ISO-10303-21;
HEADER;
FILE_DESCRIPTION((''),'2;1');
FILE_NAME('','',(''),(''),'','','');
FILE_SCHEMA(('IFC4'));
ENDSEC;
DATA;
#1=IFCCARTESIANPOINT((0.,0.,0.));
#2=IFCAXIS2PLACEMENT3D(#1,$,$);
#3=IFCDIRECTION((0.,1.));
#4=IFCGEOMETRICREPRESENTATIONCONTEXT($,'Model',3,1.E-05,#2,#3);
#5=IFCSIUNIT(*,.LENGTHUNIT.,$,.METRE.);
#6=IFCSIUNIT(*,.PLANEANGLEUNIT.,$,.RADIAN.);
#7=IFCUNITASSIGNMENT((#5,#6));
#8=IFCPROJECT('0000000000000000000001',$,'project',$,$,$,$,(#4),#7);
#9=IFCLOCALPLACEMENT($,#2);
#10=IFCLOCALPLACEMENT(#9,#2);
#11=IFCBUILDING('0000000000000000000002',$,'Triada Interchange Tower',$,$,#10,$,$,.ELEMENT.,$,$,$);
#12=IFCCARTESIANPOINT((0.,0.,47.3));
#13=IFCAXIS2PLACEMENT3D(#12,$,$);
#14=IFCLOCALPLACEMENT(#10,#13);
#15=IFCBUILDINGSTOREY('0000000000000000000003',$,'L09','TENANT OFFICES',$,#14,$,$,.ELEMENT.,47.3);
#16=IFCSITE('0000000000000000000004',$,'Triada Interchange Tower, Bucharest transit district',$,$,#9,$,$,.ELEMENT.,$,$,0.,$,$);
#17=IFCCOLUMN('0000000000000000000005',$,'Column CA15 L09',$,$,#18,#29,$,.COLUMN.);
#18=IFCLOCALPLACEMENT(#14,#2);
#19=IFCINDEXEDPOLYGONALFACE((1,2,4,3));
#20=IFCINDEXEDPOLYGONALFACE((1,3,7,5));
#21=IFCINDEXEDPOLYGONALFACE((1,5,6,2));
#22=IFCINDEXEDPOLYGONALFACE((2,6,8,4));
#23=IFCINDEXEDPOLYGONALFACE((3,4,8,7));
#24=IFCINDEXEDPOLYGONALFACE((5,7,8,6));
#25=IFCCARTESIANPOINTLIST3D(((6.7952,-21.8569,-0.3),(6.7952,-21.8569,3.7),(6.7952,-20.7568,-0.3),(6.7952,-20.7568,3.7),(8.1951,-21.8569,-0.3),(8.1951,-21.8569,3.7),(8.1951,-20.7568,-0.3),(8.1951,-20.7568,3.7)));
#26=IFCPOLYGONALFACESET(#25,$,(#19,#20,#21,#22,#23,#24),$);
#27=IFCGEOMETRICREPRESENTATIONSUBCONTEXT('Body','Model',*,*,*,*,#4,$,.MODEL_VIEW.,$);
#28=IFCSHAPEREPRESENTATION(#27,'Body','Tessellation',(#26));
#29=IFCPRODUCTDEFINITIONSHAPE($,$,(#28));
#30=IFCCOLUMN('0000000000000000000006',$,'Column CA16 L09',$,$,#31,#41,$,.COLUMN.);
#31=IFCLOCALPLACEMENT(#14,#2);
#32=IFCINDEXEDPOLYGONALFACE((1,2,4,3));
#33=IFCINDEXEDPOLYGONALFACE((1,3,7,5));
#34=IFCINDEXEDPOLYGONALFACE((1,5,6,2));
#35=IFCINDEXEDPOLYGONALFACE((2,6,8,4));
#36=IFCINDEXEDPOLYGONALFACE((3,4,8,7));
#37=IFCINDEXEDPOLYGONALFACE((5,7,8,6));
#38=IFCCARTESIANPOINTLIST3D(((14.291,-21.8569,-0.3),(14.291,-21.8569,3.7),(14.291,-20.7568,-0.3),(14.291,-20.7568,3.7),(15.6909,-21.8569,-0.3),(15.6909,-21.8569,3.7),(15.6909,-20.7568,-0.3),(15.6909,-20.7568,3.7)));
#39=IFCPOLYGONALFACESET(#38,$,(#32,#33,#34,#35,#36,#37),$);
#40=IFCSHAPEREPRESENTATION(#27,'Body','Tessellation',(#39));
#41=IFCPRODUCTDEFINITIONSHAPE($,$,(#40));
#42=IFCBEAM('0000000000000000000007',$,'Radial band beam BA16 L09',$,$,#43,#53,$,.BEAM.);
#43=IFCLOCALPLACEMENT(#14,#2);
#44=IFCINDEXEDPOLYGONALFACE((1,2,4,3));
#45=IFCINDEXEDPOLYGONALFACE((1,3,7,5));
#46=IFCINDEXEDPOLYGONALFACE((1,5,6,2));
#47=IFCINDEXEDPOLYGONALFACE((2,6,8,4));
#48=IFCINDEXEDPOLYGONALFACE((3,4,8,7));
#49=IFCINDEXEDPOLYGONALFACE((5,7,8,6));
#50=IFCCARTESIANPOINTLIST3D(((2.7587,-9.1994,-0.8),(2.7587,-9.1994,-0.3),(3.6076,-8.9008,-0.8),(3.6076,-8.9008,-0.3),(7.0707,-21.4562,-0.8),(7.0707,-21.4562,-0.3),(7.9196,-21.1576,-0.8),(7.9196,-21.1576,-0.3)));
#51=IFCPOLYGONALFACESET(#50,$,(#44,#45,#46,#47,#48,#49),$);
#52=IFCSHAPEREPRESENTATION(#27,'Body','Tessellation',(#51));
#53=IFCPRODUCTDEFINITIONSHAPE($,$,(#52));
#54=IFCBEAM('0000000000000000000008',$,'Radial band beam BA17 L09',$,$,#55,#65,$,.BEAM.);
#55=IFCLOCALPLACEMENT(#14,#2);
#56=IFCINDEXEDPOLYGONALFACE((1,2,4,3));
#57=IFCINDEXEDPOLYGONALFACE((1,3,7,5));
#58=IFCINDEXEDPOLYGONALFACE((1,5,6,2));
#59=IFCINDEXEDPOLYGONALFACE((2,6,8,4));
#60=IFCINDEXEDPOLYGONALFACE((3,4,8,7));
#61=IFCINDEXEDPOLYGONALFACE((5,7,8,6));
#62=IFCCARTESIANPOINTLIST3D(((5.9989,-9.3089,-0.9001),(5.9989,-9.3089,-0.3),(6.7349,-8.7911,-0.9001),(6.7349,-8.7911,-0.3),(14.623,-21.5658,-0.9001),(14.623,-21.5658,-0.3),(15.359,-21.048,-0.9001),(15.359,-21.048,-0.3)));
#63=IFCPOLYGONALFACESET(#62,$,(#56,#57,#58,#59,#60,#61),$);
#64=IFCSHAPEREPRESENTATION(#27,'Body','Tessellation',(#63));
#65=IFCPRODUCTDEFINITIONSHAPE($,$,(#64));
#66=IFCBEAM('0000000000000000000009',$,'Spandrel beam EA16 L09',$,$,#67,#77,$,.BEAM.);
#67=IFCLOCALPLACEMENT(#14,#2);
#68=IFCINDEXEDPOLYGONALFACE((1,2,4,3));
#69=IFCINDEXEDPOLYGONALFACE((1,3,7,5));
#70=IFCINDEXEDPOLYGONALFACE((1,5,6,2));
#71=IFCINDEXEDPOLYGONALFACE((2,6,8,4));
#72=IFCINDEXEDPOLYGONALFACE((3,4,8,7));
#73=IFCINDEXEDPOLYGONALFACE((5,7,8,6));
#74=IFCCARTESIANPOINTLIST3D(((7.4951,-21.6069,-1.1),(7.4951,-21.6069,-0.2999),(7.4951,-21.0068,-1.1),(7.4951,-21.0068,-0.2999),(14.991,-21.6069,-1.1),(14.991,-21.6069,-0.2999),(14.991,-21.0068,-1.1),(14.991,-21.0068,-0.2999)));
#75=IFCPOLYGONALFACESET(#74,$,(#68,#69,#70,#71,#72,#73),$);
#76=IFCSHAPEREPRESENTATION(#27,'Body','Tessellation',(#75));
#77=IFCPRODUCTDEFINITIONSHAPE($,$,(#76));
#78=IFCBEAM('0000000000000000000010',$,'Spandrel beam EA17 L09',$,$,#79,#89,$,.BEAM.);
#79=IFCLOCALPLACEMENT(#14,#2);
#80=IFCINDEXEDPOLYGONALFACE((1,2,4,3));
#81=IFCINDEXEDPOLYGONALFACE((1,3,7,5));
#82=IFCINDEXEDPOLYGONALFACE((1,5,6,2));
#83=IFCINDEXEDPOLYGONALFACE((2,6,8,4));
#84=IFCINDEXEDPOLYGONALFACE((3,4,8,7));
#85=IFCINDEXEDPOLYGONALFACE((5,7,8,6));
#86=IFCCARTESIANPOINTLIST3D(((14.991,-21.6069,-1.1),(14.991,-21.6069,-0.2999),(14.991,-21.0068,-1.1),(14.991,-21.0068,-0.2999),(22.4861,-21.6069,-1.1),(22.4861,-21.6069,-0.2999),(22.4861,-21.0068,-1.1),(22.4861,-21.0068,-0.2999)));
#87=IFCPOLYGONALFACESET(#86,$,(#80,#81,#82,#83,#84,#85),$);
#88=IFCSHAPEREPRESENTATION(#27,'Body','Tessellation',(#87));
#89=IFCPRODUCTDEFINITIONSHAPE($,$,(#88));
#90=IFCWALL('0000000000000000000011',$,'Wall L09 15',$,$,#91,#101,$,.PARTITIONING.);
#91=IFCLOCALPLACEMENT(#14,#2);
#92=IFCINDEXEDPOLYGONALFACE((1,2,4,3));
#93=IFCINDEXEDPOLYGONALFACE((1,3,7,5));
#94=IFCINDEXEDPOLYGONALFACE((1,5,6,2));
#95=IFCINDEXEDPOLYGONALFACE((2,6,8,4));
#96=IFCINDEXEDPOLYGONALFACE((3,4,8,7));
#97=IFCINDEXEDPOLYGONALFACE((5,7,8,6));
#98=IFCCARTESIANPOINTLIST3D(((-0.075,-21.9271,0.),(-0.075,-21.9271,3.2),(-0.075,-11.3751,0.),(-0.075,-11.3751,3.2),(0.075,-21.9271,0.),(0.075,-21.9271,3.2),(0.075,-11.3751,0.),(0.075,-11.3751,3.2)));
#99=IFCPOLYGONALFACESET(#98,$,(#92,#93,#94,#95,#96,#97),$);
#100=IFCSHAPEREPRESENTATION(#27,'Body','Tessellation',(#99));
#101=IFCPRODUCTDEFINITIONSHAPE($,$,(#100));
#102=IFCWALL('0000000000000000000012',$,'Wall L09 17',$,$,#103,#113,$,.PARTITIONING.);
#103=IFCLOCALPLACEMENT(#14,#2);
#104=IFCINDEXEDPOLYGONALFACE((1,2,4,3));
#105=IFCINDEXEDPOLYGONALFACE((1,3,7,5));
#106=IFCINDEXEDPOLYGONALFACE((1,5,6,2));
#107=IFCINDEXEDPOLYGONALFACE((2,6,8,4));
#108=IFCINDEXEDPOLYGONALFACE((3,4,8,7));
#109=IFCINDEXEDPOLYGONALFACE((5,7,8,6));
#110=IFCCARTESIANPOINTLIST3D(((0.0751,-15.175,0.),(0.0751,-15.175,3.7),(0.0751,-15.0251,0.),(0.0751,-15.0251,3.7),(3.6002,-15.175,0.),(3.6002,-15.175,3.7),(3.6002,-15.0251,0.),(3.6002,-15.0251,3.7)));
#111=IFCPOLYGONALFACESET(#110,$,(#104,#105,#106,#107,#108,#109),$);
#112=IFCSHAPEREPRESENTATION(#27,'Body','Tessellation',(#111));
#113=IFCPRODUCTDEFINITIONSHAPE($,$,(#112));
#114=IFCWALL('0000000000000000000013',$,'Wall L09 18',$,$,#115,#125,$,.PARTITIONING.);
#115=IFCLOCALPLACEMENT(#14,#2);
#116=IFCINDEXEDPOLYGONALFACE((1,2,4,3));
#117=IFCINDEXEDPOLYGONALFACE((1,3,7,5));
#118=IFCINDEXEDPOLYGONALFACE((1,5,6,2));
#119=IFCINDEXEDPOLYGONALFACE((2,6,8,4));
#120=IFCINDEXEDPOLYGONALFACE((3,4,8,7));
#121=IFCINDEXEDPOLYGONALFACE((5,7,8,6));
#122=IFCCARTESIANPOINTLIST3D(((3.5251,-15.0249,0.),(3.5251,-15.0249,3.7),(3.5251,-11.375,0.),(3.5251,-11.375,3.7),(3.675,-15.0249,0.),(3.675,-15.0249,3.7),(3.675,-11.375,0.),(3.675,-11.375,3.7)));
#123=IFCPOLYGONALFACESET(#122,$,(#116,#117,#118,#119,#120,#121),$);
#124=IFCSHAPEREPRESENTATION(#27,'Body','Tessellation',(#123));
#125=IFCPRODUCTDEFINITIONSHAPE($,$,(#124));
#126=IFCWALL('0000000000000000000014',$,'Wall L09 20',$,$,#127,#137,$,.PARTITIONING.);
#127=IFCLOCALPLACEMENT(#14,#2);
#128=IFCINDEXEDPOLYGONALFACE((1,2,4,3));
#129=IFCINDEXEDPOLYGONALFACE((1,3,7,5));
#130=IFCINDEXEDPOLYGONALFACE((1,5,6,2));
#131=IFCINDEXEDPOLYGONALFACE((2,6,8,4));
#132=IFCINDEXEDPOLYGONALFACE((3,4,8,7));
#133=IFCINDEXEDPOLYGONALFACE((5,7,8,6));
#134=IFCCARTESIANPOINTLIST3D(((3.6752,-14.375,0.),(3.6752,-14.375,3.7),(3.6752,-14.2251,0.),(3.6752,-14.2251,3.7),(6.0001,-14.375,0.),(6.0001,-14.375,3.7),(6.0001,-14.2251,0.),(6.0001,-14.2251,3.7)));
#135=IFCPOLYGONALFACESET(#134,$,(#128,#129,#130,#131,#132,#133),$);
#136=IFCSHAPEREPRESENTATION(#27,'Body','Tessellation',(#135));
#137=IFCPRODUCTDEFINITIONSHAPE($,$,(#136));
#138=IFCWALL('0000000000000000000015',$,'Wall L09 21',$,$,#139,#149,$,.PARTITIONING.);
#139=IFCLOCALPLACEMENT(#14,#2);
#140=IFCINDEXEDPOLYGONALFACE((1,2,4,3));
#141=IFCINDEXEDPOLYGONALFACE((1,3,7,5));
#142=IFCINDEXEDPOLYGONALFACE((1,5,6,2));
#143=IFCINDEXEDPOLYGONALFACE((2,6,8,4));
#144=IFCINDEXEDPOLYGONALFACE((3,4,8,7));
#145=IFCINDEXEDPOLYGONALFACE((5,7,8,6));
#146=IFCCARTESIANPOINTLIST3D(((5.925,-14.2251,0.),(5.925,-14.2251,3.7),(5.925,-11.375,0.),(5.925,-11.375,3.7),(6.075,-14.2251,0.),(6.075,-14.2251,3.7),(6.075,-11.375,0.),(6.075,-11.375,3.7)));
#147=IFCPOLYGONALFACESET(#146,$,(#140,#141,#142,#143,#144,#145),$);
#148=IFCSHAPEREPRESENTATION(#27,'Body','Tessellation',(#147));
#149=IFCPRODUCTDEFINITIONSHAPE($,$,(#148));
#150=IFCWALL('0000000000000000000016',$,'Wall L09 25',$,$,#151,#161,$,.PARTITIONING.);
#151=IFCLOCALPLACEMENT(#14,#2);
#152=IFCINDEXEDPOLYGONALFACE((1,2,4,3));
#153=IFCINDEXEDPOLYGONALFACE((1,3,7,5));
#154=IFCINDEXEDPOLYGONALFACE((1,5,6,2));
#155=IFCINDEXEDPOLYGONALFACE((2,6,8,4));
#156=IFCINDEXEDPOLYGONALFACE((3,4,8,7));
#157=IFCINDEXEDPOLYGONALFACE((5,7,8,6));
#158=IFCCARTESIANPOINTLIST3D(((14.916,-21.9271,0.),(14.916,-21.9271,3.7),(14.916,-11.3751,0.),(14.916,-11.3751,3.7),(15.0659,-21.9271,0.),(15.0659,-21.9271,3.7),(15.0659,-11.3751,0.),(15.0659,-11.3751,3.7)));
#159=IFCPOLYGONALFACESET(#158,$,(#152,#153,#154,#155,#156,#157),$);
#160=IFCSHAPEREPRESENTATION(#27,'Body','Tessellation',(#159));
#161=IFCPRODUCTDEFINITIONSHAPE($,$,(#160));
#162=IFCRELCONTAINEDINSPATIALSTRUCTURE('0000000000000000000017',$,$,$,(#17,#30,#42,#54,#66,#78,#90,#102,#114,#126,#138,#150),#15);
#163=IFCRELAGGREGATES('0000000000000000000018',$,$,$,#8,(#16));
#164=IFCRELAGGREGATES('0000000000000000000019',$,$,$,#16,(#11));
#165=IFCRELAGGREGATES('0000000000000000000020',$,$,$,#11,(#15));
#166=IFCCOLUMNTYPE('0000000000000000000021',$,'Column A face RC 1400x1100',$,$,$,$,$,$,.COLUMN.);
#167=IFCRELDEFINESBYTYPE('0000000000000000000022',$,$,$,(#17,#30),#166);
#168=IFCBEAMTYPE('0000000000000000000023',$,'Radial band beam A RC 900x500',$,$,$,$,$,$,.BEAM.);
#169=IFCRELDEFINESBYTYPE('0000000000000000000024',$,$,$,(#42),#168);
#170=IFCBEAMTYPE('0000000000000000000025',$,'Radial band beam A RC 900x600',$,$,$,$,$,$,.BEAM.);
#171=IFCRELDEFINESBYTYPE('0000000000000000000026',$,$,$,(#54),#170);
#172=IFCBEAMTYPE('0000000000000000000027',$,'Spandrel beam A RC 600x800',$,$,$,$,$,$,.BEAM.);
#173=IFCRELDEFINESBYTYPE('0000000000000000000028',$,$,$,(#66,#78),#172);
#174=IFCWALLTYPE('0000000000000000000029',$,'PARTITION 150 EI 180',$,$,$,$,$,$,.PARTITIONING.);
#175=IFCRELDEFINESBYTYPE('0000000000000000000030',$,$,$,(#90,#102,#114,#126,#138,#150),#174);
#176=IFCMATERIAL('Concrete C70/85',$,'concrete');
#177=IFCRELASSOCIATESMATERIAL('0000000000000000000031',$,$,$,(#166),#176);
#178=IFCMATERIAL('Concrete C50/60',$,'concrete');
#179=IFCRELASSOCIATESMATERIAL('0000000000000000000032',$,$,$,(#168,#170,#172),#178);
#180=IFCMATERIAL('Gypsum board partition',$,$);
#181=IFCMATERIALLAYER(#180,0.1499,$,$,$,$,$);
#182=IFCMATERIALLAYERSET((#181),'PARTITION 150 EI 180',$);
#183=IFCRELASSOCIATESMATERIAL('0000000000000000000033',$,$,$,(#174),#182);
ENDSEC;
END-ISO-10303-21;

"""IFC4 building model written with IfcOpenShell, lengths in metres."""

from ifc_helpers import new_model, si_unit, direction, frame, frame_2d, origin, origin_2d, place, context, subcontext, project, spatial, rectangle, extrude, material, layer, layer_set, material_profile, profile_set, type_object, element, save


model = new_model("IFC4")

# Units and contexts
model_context = context("Model", 3, precision=1e-05, world=origin(), true_north=direction((0.0, 1.0)))
body_context = subcontext(model_context, "Body", "Model", "MODEL_VIEW")
ifc_project = project(units=[si_unit("LENGTHUNIT", "METRE"), si_unit("PLANEANGLEUNIT", "RADIAN")], contexts=[model_context])

# Site, building, storey
site_placement = place(None, origin())
site = spatial("IfcSite", under=ifc_project, at=site_placement, Name="Triada Interchange Tower, Bucharest transit district", CompositionType="ELEMENT", RefElevation=0.0)
building_placement = place(site_placement, origin())
building = spatial("IfcBuilding", under=site, at=building_placement, Name="Triada Interchange Tower", CompositionType="ELEMENT")
storey_placement = place(building_placement, frame((0.0, 0.0, 47.3)))
storey = spatial("IfcBuildingStorey", under=building, at=storey_placement, Name="L09", Description="TENANT OFFICES", CompositionType="ELEMENT", Elevation=47.3)

# Columns
ifc_material_1 = material(Name="Concrete C70/85", Category="concrete")
ifc_material_profile_1 = material_profile(ifc_material_1, rectangle(XDim=1.3999, YDim=1.1001, at=origin_2d()), Name="RC 1400x1100")
ifc_profile_set_1 = profile_set([ifc_material_profile_1], Name="Concrete C70/85")
column_type = type_object("IfcColumnType", Name="Column A face RC 1400x1100", PredefinedType="COLUMN", material=ifc_profile_set_1)
for number, where, z_axis, x_axis, name in (
    (1, (7.4951, -21.3069, -0.3), (0.0, 0.0, 1.0), (1.0, 0.0, 0.0), "Column CA15 L09"),
    (2, (14.991, -21.3069, -0.3), (0.0, 0.0, 1.0), (1.0, 0.0, 0.0), "Column CA16 L09"),
):
    element("IfcColumn", number, at=place(storey_placement, frame(where, z_axis=z_axis, x_axis=x_axis)), inside=storey, type_object=column_type, Name=name, PredefinedType="COLUMN", context=body_context, shape_type="SweptSolid", body=[
        extrude(rectangle(XDim=1.3999, YDim=1.1001, at=origin_2d()), origin(), (0.0, 0.0, 1.0), 4.0),
    ])

# Beams
ifc_material_2 = material(Name="Concrete C50/60", Category="concrete")
ifc_material_profile_2 = material_profile(ifc_material_2, rectangle(XDim=0.8999, YDim=0.5, at=origin_2d()), Name="RC 900x500")
ifc_profile_set_2 = profile_set([ifc_material_profile_2], Name="Concrete C50/60")
beam_type_1 = type_object("IfcBeamType", Name="Radial band beam A RC 900x500", PredefinedType="BEAM", material=ifc_profile_set_2)
beam_1_placement = place(storey_placement, frame((7.4951, -21.3069, -0.55), z_axis=(-0.331867, 0.943326, 0.0), x_axis=(-0.943326, -0.331867, 0.0)))
element("IfcBeam", 3, at=beam_1_placement, inside=storey, type_object=beam_type_1, Name="Radial band beam BA16 L09", PredefinedType="BEAM", context=body_context, shape_type="SweptSolid", body=[
    extrude(rectangle(XDim=0.8999, YDim=0.5, at=origin_2d()), origin(), (0.0, 0.0, 1.0), 12.9932),
])
ifc_material_profile_3 = material_profile(ifc_material_2, rectangle(XDim=0.8999, YDim=0.6001, at=origin_2d()), Name="RC 900x600")
ifc_profile_set_3 = profile_set([ifc_material_profile_3], Name="Concrete C50/60")
beam_type_2 = type_object("IfcBeamType", Name="Radial band beam A RC 900x600", PredefinedType="BEAM", material=ifc_profile_set_3)
beam_2_placement = place(storey_placement, frame((14.991, -21.3069, -0.6001), z_axis=(-0.575442, 0.817843, 0.0), x_axis=(-0.817843, -0.575442, 0.0)))
element("IfcBeam", 4, at=beam_2_placement, inside=storey, type_object=beam_type_2, Name="Radial band beam BA17 L09", PredefinedType="BEAM", context=body_context, shape_type="SweptSolid", body=[
    extrude(rectangle(XDim=0.8999, YDim=0.6001, at=origin_2d()), origin(), (0.0, 0.0, 1.0), 14.9868),
])
ifc_material_profile_4 = material_profile(ifc_material_2, rectangle(XDim=0.6001, YDim=0.8, at=origin_2d()), Name="RC 600x800")
ifc_profile_set_4 = profile_set([ifc_material_profile_4], Name="Concrete C50/60")
beam_type_3 = type_object("IfcBeamType", Name="Spandrel beam A RC 600x800", PredefinedType="BEAM", material=ifc_profile_set_4)
beam_3_placement = place(storey_placement, frame((7.4951, -21.3069, -0.7), z_axis=(1.0, 0.0, 0.0), x_axis=(0.0, 1.0, 0.0)))
element("IfcBeam", 5, at=beam_3_placement, inside=storey, type_object=beam_type_3, Name="Spandrel beam EA16 L09", PredefinedType="BEAM", context=body_context, shape_type="SweptSolid", body=[
    extrude(rectangle(XDim=0.6001, YDim=0.8, at=origin_2d()), origin(), (0.0, 0.0, 1.0), 7.4958),
])
beam_4_placement = place(storey_placement, frame((14.991, -21.3069, -0.7), z_axis=(1.0, 0.0, 0.0), x_axis=(0.0, 1.0, 0.0)))
element("IfcBeam", 6, at=beam_4_placement, inside=storey, type_object=beam_type_3, Name="Spandrel beam EA17 L09", PredefinedType="BEAM", context=body_context, shape_type="SweptSolid", body=[
    extrude(rectangle(XDim=0.6001, YDim=0.8, at=origin_2d()), origin(), (0.0, 0.0, 1.0), 7.4951),
])

# Walls
ifc_material_3 = material(Name="Gypsum board partition")
ifc_layer_1 = layer(ifc_material_3, 0.1499)
ifc_layer_set_1 = layer_set([ifc_layer_1], Name="PARTITION 150 EI 180")
wall_type_1 = type_object("IfcWallType", Name="PARTITION 150 EI 180", PredefinedType="PARTITIONING", material=ifc_layer_set_1)
wall_1_placement = place(storey_placement, frame((0.0, -21.927, 0.0), z_axis=(0.0, 0.0, 1.0), x_axis=(0.0, 1.0, 0.0)))
element("IfcWall", 7, at=wall_1_placement, inside=storey, type_object=wall_type_1, Name="Wall L09 15", PredefinedType="PARTITIONING", context=body_context, shape_type="SweptSolid", body=[
    extrude(rectangle(XDim=10.552, YDim=0.1499, at=frame_2d((5.2759, 0.0))), origin(), (0.0, 0.0, 1.0), 3.2),
])
wall_2_placement = place(storey_placement, frame((0.075, -15.1001, 0.0), z_axis=(0.0, 0.0, 1.0), x_axis=(1.0, 0.0, 0.0)))
element("IfcWall", 8, at=wall_2_placement, inside=storey, type_object=wall_type_1, Name="Wall L09 17", PredefinedType="PARTITIONING", context=body_context, shape_type="SweptSolid", body=[
    extrude(rectangle(XDim=3.5251, YDim=0.1499, at=frame_2d((1.7627, 0.0))), origin(), (0.0, 0.0, 1.0), 3.7),
])
wall_3_placement = place(storey_placement, frame((3.6001, -15.0249, 0.0), z_axis=(0.0, 0.0, 1.0), x_axis=(0.0, 1.0, 0.0)))
element("IfcWall", 9, at=wall_3_placement, inside=storey, type_object=wall_type_1, Name="Wall L09 18", PredefinedType="PARTITIONING", context=body_context, shape_type="SweptSolid", body=[
    extrude(rectangle(XDim=3.6499, YDim=0.1499, at=frame_2d((1.825, 0.0))), origin(), (0.0, 0.0, 1.0), 3.7),
])
wall_4_placement = place(storey_placement, frame((3.675, -14.3, 0.0), z_axis=(0.0, 0.0, 1.0), x_axis=(1.0, 0.0, 0.0)))
element("IfcWall", 10, at=wall_4_placement, inside=storey, type_object=wall_type_1, Name="Wall L09 20", PredefinedType="PARTITIONING", context=body_context, shape_type="SweptSolid", body=[
    extrude(rectangle(XDim=2.325, YDim=0.1499, at=frame_2d((1.1626, 0.0))), origin(), (0.0, 0.0, 1.0), 3.7),
])
wall_5_placement = place(storey_placement, frame((6.0, -14.2251, 0.0), z_axis=(0.0, 0.0, 1.0), x_axis=(0.0, 1.0, 0.0)))
element("IfcWall", 11, at=wall_5_placement, inside=storey, type_object=wall_type_1, Name="Wall L09 21", PredefinedType="PARTITIONING", context=body_context, shape_type="SweptSolid", body=[
    extrude(rectangle(XDim=2.8501, YDim=0.1499, at=frame_2d((1.425, 0.0))), origin(), (0.0, 0.0, 1.0), 3.7),
])
wall_6_placement = place(storey_placement, frame((14.991, -21.927, 0.0), z_axis=(0.0, 0.0, 1.0), x_axis=(0.0, 1.0, 0.0)))
element("IfcWall", 12, at=wall_6_placement, inside=storey, type_object=wall_type_1, Name="Wall L09 25", PredefinedType="PARTITIONING", context=body_context, shape_type="SweptSolid", body=[
    extrude(rectangle(XDim=10.552, YDim=0.1499, at=frame_2d((5.2759, 0.0))), origin(), (0.0, 0.0, 1.0), 3.7),
])

save(model, "model.ifc")
